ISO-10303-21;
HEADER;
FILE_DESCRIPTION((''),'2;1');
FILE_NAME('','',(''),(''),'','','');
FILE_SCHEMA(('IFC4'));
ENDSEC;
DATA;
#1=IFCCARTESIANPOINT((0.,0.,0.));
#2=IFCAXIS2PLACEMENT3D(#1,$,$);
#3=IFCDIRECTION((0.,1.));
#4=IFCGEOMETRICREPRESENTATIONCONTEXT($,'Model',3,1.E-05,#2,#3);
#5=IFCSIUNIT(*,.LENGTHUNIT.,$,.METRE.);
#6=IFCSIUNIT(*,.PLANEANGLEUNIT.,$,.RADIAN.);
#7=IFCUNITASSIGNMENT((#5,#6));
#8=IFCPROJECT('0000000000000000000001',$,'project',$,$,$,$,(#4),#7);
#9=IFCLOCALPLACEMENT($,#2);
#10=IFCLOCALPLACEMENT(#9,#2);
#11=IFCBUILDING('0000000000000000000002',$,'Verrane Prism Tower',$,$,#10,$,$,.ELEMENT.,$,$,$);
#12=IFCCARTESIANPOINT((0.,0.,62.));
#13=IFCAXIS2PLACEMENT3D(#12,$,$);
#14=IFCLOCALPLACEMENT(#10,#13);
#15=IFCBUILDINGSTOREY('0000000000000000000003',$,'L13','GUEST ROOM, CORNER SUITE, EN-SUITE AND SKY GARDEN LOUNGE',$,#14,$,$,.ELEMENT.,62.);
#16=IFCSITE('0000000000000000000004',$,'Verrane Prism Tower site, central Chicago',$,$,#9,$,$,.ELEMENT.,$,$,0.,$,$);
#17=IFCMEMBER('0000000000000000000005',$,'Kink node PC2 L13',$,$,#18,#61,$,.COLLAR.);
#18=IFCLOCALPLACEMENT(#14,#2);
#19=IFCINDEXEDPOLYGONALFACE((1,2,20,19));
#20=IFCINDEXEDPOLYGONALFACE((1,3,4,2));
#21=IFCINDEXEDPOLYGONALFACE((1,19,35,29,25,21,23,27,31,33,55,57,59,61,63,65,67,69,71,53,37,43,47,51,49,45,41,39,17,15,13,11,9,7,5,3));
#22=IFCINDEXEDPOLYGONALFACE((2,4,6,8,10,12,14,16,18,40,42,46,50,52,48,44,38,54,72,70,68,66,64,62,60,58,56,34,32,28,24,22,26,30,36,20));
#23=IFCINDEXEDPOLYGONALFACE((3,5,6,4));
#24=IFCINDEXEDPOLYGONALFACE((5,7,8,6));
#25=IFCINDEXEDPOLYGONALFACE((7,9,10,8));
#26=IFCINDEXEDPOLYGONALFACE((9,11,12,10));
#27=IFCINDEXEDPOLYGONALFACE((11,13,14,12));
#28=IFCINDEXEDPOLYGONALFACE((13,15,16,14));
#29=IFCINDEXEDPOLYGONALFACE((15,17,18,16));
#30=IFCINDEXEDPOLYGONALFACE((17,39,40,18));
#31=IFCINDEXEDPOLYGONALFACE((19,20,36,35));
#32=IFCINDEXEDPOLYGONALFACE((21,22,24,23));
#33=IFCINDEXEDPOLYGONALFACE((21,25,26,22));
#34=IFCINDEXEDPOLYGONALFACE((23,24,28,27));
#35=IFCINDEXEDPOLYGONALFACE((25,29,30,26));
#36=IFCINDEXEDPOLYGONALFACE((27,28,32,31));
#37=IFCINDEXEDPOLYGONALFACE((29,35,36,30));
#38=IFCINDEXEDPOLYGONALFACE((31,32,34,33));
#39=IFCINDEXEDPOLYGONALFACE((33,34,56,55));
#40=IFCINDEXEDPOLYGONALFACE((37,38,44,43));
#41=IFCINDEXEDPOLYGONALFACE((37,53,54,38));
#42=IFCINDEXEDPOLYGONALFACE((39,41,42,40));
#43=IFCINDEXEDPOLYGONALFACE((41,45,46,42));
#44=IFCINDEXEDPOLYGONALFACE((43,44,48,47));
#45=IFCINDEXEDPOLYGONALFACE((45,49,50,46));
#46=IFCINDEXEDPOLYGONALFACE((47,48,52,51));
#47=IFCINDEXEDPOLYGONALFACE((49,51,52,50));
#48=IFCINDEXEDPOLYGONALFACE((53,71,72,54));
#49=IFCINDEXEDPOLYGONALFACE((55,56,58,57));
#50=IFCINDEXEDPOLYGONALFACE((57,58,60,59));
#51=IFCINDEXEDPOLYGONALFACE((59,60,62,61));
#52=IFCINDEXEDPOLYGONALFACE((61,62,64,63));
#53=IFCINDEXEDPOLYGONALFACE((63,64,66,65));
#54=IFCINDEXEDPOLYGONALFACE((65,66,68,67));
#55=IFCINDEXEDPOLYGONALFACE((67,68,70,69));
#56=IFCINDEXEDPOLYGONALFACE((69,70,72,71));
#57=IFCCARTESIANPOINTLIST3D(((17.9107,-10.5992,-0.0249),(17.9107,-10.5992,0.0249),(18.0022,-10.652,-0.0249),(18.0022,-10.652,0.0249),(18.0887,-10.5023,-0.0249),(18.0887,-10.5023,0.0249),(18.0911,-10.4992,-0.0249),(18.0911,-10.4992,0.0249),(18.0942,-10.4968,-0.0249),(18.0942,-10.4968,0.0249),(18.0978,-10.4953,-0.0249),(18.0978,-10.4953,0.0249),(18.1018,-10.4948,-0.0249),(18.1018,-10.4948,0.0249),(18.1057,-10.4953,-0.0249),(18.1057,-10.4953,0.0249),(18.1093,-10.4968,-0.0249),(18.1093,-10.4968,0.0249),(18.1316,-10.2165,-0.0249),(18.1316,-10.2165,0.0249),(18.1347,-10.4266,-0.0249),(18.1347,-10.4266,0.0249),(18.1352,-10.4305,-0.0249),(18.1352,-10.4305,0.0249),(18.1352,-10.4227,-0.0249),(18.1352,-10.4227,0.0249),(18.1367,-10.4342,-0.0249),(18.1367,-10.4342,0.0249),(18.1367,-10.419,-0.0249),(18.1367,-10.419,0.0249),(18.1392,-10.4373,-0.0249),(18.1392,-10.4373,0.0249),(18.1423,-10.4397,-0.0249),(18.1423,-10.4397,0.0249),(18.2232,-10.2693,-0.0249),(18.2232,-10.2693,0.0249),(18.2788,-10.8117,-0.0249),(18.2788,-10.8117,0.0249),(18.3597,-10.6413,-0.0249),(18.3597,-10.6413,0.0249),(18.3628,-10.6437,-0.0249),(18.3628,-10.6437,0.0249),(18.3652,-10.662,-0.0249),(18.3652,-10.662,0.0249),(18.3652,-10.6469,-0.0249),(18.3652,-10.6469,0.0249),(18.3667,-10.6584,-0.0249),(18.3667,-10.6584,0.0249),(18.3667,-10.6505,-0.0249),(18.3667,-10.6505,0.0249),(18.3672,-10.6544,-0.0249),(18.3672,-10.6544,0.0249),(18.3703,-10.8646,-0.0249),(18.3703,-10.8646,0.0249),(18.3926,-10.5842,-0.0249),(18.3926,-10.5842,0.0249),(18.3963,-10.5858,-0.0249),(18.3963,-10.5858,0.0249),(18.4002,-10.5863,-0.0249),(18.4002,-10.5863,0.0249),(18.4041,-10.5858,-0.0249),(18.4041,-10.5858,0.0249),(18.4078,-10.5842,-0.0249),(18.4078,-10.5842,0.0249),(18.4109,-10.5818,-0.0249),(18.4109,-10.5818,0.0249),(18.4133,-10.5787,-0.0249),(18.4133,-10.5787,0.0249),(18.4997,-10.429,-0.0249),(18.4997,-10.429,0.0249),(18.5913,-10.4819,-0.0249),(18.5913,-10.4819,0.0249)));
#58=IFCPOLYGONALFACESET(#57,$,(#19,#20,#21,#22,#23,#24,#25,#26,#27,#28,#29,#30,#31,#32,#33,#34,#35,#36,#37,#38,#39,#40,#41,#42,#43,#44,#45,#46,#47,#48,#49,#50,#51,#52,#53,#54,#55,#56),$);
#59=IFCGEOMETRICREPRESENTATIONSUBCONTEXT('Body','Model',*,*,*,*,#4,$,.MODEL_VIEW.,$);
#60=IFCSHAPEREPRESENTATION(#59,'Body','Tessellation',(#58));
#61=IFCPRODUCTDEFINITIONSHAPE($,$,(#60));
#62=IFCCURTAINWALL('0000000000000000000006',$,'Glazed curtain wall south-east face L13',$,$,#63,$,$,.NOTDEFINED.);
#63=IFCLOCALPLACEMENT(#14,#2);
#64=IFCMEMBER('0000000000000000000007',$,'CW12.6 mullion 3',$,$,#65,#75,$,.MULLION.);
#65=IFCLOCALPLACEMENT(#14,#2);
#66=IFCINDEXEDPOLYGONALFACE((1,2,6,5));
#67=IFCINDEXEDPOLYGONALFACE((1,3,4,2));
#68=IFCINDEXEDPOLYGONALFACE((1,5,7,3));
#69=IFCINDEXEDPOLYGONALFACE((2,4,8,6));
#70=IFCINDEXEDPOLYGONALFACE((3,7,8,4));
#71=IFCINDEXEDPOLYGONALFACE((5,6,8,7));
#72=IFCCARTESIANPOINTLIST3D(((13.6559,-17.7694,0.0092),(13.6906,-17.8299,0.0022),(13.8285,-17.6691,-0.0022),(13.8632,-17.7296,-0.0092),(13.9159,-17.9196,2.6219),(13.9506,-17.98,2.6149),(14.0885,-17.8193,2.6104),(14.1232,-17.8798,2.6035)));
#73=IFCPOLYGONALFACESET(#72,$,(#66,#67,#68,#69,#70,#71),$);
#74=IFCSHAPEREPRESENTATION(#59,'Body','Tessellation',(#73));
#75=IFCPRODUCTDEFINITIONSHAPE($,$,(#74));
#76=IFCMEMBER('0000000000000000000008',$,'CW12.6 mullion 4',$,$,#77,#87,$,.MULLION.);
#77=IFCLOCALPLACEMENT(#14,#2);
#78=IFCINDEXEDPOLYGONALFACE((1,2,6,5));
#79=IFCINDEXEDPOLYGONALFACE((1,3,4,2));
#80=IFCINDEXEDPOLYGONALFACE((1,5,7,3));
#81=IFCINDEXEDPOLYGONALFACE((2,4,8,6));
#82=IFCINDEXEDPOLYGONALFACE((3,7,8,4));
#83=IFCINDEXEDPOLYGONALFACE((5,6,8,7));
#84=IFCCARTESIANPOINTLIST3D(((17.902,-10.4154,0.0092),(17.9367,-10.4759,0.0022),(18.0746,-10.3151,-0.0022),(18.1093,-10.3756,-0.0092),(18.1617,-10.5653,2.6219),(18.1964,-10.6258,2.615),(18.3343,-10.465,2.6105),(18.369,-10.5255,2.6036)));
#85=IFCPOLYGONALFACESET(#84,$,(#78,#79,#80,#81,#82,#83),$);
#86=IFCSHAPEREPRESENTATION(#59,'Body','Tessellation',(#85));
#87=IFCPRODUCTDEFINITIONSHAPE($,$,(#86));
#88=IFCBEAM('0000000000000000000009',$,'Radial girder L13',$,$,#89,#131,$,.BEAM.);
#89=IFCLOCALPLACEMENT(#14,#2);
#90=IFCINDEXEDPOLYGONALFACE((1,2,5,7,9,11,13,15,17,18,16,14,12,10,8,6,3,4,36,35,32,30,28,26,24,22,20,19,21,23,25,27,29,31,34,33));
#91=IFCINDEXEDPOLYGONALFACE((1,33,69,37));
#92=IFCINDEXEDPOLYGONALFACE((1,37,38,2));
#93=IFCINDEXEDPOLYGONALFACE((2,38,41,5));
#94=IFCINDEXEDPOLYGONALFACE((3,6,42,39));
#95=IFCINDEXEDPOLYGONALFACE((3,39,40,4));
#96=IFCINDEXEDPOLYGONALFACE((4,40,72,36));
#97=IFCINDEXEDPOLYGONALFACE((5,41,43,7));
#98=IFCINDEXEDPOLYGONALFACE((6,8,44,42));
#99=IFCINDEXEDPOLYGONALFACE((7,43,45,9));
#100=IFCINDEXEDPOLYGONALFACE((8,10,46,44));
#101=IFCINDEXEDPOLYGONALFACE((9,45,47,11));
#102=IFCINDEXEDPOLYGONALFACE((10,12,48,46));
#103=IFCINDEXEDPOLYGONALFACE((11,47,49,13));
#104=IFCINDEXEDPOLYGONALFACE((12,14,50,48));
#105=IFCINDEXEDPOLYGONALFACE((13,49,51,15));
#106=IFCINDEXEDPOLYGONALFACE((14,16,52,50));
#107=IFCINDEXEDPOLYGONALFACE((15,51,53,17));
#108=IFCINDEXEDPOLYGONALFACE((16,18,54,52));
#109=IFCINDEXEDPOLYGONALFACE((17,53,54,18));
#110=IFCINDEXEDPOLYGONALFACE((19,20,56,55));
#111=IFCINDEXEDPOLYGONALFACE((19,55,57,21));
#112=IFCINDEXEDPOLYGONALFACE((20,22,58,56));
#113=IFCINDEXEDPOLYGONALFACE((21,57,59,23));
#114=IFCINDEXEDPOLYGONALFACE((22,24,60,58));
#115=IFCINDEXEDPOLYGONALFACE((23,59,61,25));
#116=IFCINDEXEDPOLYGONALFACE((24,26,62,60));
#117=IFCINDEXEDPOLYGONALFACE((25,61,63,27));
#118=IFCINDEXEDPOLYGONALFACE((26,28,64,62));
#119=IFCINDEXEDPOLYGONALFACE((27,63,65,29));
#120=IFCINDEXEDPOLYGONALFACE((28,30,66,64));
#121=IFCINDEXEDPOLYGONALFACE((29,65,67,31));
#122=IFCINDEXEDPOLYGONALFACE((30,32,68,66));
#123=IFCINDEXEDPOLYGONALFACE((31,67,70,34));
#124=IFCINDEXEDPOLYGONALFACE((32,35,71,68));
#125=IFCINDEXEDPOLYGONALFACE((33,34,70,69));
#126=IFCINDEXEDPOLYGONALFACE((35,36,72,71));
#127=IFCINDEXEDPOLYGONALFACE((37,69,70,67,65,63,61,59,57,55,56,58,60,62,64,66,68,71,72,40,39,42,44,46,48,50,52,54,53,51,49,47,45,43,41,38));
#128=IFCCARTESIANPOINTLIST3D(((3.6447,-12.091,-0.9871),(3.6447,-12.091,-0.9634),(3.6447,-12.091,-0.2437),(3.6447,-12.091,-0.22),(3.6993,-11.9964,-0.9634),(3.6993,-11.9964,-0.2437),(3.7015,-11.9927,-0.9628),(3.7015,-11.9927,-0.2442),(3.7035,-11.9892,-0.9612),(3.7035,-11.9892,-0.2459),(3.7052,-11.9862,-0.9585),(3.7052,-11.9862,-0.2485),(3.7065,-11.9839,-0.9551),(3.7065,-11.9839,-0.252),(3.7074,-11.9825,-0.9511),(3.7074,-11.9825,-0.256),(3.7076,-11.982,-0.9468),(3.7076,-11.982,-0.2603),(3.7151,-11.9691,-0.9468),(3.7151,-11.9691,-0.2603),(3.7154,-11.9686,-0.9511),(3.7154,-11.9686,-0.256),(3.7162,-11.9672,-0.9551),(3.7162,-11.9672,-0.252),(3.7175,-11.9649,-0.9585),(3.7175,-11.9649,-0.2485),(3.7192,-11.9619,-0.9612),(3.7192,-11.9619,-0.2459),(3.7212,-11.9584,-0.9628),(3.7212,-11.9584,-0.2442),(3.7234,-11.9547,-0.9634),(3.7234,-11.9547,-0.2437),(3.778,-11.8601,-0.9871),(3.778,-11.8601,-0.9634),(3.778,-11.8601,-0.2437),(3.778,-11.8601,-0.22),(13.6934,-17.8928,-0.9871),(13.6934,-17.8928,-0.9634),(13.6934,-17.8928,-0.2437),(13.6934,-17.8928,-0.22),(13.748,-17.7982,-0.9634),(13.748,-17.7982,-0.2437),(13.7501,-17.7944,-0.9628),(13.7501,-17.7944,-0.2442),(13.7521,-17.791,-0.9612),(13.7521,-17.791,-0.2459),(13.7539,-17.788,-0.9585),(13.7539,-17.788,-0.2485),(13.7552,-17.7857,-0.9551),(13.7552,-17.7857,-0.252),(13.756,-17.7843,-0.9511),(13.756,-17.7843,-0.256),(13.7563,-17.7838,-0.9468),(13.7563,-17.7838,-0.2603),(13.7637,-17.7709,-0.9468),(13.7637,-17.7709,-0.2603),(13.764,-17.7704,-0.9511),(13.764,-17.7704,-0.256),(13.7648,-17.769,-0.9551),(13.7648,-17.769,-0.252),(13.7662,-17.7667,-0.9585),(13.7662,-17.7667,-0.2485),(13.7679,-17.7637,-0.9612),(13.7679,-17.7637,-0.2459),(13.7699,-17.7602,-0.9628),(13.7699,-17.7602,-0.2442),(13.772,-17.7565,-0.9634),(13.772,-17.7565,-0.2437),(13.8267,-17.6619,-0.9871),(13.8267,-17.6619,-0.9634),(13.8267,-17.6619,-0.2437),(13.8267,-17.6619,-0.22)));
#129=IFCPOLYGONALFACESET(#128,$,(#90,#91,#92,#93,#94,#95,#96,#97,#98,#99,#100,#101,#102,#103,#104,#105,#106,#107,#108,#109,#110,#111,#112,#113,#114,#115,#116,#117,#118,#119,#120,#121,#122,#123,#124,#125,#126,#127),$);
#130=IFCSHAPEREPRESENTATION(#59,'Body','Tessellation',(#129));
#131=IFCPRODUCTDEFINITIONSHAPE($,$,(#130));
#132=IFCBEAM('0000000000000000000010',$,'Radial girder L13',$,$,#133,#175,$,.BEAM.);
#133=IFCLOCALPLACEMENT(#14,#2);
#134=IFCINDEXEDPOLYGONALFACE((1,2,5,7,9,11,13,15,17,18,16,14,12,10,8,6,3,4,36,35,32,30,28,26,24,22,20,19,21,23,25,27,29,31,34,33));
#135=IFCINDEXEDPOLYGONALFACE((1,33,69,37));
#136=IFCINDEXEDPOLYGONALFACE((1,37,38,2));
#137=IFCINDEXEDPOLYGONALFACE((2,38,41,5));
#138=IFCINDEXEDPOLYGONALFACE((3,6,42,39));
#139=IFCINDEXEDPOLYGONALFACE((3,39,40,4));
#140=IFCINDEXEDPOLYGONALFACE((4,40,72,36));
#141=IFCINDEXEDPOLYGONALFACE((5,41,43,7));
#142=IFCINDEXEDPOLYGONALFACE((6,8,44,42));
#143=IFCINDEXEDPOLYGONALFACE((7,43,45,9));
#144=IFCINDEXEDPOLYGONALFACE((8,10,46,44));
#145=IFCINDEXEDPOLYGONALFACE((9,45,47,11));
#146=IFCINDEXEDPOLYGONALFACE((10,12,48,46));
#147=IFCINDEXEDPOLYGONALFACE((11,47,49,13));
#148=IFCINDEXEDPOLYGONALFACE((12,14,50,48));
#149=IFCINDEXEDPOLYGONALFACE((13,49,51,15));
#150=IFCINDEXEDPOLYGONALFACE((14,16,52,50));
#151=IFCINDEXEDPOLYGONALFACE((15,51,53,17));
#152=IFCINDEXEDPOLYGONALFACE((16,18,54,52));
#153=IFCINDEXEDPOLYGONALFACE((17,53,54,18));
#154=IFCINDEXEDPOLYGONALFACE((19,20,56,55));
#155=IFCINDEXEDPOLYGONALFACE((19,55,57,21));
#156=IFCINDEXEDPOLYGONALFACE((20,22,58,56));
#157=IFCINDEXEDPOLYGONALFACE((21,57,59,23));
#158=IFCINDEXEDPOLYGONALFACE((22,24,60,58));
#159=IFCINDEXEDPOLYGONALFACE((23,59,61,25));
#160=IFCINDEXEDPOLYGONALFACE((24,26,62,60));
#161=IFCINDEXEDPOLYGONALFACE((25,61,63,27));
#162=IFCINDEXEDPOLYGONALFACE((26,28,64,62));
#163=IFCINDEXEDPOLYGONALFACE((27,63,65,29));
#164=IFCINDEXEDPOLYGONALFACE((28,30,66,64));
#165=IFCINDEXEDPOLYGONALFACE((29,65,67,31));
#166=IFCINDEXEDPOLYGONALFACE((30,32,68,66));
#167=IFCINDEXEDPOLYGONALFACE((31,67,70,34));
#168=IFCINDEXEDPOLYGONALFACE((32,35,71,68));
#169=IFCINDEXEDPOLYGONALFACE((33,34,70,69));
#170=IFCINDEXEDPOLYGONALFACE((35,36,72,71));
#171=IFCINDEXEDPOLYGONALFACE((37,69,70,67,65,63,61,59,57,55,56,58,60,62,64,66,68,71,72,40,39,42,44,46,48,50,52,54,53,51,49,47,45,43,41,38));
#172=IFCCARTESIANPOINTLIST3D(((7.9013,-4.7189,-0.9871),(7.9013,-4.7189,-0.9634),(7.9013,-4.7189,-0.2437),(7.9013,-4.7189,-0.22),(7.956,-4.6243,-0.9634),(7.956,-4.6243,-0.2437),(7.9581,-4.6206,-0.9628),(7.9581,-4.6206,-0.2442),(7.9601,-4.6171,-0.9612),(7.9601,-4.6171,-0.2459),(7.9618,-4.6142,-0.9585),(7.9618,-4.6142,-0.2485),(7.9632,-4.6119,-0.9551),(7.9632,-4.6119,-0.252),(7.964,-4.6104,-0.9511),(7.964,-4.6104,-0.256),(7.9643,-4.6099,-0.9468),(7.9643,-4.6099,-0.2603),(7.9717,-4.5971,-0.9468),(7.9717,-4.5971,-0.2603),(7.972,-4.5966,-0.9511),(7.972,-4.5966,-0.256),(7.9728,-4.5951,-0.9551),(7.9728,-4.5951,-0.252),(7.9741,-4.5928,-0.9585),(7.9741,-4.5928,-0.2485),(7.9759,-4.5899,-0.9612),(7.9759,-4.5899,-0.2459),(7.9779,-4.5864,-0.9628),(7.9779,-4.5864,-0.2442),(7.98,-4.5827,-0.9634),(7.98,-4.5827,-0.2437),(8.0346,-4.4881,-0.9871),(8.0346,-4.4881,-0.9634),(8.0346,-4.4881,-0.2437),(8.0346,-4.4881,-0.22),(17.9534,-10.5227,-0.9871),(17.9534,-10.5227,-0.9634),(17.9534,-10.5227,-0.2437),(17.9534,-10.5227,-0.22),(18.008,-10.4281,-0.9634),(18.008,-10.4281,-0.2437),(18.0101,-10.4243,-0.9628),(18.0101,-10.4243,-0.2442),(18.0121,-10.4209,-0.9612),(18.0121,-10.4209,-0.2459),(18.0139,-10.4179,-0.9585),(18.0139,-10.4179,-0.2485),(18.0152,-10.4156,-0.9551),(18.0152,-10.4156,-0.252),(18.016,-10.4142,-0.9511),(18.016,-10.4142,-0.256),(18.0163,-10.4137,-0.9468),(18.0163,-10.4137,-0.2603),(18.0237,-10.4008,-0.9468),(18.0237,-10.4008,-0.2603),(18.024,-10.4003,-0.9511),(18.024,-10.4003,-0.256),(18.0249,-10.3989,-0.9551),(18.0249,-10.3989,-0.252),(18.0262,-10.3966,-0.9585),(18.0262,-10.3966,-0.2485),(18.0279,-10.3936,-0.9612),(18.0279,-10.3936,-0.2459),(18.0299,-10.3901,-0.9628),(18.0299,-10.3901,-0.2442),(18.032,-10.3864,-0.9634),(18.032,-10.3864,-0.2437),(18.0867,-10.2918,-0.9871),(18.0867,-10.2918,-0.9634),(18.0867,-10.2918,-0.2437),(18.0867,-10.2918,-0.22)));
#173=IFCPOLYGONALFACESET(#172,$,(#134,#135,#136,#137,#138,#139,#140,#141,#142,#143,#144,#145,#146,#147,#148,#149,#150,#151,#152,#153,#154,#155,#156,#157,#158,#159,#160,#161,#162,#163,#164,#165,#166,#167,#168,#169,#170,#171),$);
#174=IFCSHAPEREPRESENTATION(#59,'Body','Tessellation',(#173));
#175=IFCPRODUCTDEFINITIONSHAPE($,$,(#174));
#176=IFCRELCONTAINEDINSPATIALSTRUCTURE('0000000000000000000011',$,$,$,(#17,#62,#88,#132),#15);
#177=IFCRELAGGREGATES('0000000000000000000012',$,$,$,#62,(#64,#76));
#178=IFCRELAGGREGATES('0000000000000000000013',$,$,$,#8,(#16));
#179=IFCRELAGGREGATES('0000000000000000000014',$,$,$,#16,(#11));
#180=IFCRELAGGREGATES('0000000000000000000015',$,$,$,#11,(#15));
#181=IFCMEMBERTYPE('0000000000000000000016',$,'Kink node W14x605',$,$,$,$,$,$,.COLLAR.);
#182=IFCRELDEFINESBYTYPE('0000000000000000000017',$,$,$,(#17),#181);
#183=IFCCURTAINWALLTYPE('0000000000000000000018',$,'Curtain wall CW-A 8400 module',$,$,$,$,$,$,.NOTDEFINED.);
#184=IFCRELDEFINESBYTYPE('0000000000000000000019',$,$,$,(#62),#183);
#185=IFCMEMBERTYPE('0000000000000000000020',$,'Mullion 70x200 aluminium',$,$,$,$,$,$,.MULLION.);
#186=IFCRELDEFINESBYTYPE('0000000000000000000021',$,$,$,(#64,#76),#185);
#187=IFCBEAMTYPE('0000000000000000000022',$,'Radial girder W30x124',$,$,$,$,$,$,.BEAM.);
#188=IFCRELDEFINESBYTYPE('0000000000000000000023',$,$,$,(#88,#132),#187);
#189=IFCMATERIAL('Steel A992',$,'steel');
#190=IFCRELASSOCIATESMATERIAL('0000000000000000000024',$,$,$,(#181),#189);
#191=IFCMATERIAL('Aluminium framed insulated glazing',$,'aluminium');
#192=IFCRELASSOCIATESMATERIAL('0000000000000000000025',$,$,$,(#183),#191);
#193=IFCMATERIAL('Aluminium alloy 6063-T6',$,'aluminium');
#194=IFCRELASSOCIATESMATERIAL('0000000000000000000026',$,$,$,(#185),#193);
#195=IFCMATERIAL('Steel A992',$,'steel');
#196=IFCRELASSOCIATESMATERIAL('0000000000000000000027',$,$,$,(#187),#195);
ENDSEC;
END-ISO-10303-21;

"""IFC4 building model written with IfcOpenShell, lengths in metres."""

from ifc_helpers import new_model, si_unit, direction, frame, origin, origin_2d, place, context, subcontext, project, spatial, rectangle, i_section, extrude, material, material_profile, profile_set, type_object, element, aggregate, save


model = new_model("IFC4")

# Units and contexts
model_context = context("Model", 3, precision=1e-05, world=origin(), true_north=direction((0.0, 1.0)))
body_context = subcontext(model_context, "Body", "Model", "MODEL_VIEW")
ifc_project = project(units=[si_unit("LENGTHUNIT", "METRE"), si_unit("PLANEANGLEUNIT", "RADIAN")], contexts=[model_context])

# Site, building, storey
site_placement = place(None, origin())
site = spatial("IfcSite", under=ifc_project, at=site_placement, Name="Verrane Prism Tower site, central Chicago", CompositionType="ELEMENT", RefElevation=0.0)
building_placement = place(site_placement, origin())
building = spatial("IfcBuilding", under=site, at=building_placement, Name="Verrane Prism Tower", CompositionType="ELEMENT")
storey_placement = place(building_placement, frame((0.0, 0.0, 62.0)))
storey = spatial("IfcBuildingStorey", under=building, at=storey_placement, Name="L13", Description="GUEST ROOM, CORNER SUITE, EN-SUITE AND SKY GARDEN LOUNGE", CompositionType="ELEMENT", Elevation=62.0)

# Member
ifc_material_1 = material(Name="Steel A992", Category="steel")
ifc_material_profile_1 = material_profile(ifc_material_1, i_section(OverallWidth=0.4419, OverallDepth=0.5308, WebThickness=0.0659, FlangeThickness=0.1057, FilletRadius=0.0151, at=origin_2d()), Name="W14x605")
ifc_profile_set_1 = profile_set([ifc_material_profile_1], Name="Steel A992")
member_type_1 = type_object("IfcMemberType", Name="Kink node W14x605", PredefinedType="COLLAR", material=ifc_profile_set_1)
member_1_placement = place(storey_placement, frame((18.251, -10.5405, -0.0249), z_axis=(0.0, 0.0, 1.0), x_axis=(-0.5, -0.866025, 0.0)))
element("IfcMember", 1, at=member_1_placement, inside=storey, type_object=member_type_1, Name="Kink node PC2 L13", PredefinedType="COLLAR", context=body_context, shape_type="SweptSolid", body=[
    extrude(i_section(OverallWidth=0.4419, OverallDepth=0.5308, WebThickness=0.0659, FlangeThickness=0.1057, FilletRadius=0.0151, at=origin_2d()), origin(), (0.0, 0.0, 1.0), 0.0498),
])

# Curtain wall, members
ifc_material_2 = material(Name="Aluminium framed insulated glazing", Category="aluminium")
curtain_wall_type = type_object("IfcCurtainWallType", Name="Curtain wall CW-A 8400 module", PredefinedType="NOTDEFINED", material=ifc_material_2)
curtain_wall_placement = place(storey_placement, origin())
curtain_wall = element("IfcCurtainWall", 2, at=curtain_wall_placement, inside=storey, type_object=curtain_wall_type, Name="Glazed curtain wall south-east face L13", PredefinedType="NOTDEFINED")
ifc_material_3 = material(Name="Aluminium alloy 6063-T6", Category="aluminium")
ifc_material_profile_2 = material_profile(ifc_material_3, rectangle(XDim=0.2, YDim=0.0701, at=origin_2d()), Name="Mullion 70x200 aluminium")
ifc_profile_set_2 = profile_set([ifc_material_profile_2], Name="Aluminium alloy 6063-T6")
member_type_2 = type_object("IfcMemberType", Name="Mullion 70x200 aluminium", PredefinedType="MULLION", material=ifc_profile_set_2)
member_2_placement = place(storey_placement, frame((13.7595, -17.7495, 0.0), z_axis=(0.098863, -0.05709, 0.993462), x_axis=(-0.863237, -0.501561, 0.057082)))
member_2 = element("IfcMember", 3, at=member_2_placement, type_object=member_type_2, Name="CW12.6 mullion 3", PredefinedType="MULLION", context=body_context, shape_type="SweptSolid", body=[
    extrude(rectangle(XDim=0.2, YDim=0.0701, at=origin_2d()), origin(), (0.0, 0.0, 1.0), 2.6299),
])
member_3_placement = place(storey_placement, frame((18.0056, -10.3955, 0.0), z_axis=(0.098772, -0.056998, 0.993476), x_axis=(-0.863094, -0.501814, 0.057019)))
member_3 = element("IfcMember", 4, at=member_3_placement, type_object=member_type_2, Name="CW12.6 mullion 4", PredefinedType="MULLION", context=body_context, shape_type="SweptSolid", body=[
    extrude(rectangle(XDim=0.2, YDim=0.0701, at=origin_2d()), origin(), (0.0, 0.0, 1.0), 2.6299),
])

# Beams
ifc_material_4 = material(Name="Steel A992", Category="steel")
ifc_material_profile_3 = material_profile(ifc_material_4, i_section(OverallWidth=0.2666, OverallDepth=0.7671, WebThickness=0.0149, FlangeThickness=0.0237, FilletRadius=0.0166, at=origin_2d()), Name="W30x124")
ifc_profile_set_3 = profile_set([ifc_material_profile_3], Name="Steel A992")
beam_type_1 = type_object("IfcBeamType", Name="Radial girder W30x124", PredefinedType="BEAM", material=ifc_profile_set_3)
beam_1_placement = place(storey_placement, frame((13.76, -17.7773, -0.6035), z_axis=(-0.866018, 0.500013, 0.0), x_axis=(-0.500013, -0.866018, 0.0)))
element("IfcBeam", 5, at=beam_1_placement, inside=storey, type_object=beam_type_1, Name="Radial girder L13", PredefinedType="BEAM", context=body_context, shape_type="SweptSolid", body=[
    extrude(i_section(OverallWidth=0.2666, OverallDepth=0.7671, WebThickness=0.0149, FlangeThickness=0.0237, FilletRadius=0.0166, at=origin_2d()), origin(), (0.0, 0.0, 1.0), 11.6033),
])
beam_2_placement = place(storey_placement, frame((18.02, -10.4072, -0.6035), z_axis=(-0.866019, 0.500012, 0.0), x_axis=(-0.500012, -0.866019, 0.0)))
element("IfcBeam", 6, at=beam_2_placement, inside=storey, type_object=beam_type_1, Name="Radial girder L13", PredefinedType="BEAM", context=body_context, shape_type="SweptSolid", body=[
    extrude(i_section(OverallWidth=0.2666, OverallDepth=0.7671, WebThickness=0.0149, FlangeThickness=0.0237, FilletRadius=0.0166, at=origin_2d()), origin(), (0.0, 0.0, 1.0), 11.6072),
])

aggregate(curtain_wall, [member_2, member_3])

save(model, "model.ifc")
